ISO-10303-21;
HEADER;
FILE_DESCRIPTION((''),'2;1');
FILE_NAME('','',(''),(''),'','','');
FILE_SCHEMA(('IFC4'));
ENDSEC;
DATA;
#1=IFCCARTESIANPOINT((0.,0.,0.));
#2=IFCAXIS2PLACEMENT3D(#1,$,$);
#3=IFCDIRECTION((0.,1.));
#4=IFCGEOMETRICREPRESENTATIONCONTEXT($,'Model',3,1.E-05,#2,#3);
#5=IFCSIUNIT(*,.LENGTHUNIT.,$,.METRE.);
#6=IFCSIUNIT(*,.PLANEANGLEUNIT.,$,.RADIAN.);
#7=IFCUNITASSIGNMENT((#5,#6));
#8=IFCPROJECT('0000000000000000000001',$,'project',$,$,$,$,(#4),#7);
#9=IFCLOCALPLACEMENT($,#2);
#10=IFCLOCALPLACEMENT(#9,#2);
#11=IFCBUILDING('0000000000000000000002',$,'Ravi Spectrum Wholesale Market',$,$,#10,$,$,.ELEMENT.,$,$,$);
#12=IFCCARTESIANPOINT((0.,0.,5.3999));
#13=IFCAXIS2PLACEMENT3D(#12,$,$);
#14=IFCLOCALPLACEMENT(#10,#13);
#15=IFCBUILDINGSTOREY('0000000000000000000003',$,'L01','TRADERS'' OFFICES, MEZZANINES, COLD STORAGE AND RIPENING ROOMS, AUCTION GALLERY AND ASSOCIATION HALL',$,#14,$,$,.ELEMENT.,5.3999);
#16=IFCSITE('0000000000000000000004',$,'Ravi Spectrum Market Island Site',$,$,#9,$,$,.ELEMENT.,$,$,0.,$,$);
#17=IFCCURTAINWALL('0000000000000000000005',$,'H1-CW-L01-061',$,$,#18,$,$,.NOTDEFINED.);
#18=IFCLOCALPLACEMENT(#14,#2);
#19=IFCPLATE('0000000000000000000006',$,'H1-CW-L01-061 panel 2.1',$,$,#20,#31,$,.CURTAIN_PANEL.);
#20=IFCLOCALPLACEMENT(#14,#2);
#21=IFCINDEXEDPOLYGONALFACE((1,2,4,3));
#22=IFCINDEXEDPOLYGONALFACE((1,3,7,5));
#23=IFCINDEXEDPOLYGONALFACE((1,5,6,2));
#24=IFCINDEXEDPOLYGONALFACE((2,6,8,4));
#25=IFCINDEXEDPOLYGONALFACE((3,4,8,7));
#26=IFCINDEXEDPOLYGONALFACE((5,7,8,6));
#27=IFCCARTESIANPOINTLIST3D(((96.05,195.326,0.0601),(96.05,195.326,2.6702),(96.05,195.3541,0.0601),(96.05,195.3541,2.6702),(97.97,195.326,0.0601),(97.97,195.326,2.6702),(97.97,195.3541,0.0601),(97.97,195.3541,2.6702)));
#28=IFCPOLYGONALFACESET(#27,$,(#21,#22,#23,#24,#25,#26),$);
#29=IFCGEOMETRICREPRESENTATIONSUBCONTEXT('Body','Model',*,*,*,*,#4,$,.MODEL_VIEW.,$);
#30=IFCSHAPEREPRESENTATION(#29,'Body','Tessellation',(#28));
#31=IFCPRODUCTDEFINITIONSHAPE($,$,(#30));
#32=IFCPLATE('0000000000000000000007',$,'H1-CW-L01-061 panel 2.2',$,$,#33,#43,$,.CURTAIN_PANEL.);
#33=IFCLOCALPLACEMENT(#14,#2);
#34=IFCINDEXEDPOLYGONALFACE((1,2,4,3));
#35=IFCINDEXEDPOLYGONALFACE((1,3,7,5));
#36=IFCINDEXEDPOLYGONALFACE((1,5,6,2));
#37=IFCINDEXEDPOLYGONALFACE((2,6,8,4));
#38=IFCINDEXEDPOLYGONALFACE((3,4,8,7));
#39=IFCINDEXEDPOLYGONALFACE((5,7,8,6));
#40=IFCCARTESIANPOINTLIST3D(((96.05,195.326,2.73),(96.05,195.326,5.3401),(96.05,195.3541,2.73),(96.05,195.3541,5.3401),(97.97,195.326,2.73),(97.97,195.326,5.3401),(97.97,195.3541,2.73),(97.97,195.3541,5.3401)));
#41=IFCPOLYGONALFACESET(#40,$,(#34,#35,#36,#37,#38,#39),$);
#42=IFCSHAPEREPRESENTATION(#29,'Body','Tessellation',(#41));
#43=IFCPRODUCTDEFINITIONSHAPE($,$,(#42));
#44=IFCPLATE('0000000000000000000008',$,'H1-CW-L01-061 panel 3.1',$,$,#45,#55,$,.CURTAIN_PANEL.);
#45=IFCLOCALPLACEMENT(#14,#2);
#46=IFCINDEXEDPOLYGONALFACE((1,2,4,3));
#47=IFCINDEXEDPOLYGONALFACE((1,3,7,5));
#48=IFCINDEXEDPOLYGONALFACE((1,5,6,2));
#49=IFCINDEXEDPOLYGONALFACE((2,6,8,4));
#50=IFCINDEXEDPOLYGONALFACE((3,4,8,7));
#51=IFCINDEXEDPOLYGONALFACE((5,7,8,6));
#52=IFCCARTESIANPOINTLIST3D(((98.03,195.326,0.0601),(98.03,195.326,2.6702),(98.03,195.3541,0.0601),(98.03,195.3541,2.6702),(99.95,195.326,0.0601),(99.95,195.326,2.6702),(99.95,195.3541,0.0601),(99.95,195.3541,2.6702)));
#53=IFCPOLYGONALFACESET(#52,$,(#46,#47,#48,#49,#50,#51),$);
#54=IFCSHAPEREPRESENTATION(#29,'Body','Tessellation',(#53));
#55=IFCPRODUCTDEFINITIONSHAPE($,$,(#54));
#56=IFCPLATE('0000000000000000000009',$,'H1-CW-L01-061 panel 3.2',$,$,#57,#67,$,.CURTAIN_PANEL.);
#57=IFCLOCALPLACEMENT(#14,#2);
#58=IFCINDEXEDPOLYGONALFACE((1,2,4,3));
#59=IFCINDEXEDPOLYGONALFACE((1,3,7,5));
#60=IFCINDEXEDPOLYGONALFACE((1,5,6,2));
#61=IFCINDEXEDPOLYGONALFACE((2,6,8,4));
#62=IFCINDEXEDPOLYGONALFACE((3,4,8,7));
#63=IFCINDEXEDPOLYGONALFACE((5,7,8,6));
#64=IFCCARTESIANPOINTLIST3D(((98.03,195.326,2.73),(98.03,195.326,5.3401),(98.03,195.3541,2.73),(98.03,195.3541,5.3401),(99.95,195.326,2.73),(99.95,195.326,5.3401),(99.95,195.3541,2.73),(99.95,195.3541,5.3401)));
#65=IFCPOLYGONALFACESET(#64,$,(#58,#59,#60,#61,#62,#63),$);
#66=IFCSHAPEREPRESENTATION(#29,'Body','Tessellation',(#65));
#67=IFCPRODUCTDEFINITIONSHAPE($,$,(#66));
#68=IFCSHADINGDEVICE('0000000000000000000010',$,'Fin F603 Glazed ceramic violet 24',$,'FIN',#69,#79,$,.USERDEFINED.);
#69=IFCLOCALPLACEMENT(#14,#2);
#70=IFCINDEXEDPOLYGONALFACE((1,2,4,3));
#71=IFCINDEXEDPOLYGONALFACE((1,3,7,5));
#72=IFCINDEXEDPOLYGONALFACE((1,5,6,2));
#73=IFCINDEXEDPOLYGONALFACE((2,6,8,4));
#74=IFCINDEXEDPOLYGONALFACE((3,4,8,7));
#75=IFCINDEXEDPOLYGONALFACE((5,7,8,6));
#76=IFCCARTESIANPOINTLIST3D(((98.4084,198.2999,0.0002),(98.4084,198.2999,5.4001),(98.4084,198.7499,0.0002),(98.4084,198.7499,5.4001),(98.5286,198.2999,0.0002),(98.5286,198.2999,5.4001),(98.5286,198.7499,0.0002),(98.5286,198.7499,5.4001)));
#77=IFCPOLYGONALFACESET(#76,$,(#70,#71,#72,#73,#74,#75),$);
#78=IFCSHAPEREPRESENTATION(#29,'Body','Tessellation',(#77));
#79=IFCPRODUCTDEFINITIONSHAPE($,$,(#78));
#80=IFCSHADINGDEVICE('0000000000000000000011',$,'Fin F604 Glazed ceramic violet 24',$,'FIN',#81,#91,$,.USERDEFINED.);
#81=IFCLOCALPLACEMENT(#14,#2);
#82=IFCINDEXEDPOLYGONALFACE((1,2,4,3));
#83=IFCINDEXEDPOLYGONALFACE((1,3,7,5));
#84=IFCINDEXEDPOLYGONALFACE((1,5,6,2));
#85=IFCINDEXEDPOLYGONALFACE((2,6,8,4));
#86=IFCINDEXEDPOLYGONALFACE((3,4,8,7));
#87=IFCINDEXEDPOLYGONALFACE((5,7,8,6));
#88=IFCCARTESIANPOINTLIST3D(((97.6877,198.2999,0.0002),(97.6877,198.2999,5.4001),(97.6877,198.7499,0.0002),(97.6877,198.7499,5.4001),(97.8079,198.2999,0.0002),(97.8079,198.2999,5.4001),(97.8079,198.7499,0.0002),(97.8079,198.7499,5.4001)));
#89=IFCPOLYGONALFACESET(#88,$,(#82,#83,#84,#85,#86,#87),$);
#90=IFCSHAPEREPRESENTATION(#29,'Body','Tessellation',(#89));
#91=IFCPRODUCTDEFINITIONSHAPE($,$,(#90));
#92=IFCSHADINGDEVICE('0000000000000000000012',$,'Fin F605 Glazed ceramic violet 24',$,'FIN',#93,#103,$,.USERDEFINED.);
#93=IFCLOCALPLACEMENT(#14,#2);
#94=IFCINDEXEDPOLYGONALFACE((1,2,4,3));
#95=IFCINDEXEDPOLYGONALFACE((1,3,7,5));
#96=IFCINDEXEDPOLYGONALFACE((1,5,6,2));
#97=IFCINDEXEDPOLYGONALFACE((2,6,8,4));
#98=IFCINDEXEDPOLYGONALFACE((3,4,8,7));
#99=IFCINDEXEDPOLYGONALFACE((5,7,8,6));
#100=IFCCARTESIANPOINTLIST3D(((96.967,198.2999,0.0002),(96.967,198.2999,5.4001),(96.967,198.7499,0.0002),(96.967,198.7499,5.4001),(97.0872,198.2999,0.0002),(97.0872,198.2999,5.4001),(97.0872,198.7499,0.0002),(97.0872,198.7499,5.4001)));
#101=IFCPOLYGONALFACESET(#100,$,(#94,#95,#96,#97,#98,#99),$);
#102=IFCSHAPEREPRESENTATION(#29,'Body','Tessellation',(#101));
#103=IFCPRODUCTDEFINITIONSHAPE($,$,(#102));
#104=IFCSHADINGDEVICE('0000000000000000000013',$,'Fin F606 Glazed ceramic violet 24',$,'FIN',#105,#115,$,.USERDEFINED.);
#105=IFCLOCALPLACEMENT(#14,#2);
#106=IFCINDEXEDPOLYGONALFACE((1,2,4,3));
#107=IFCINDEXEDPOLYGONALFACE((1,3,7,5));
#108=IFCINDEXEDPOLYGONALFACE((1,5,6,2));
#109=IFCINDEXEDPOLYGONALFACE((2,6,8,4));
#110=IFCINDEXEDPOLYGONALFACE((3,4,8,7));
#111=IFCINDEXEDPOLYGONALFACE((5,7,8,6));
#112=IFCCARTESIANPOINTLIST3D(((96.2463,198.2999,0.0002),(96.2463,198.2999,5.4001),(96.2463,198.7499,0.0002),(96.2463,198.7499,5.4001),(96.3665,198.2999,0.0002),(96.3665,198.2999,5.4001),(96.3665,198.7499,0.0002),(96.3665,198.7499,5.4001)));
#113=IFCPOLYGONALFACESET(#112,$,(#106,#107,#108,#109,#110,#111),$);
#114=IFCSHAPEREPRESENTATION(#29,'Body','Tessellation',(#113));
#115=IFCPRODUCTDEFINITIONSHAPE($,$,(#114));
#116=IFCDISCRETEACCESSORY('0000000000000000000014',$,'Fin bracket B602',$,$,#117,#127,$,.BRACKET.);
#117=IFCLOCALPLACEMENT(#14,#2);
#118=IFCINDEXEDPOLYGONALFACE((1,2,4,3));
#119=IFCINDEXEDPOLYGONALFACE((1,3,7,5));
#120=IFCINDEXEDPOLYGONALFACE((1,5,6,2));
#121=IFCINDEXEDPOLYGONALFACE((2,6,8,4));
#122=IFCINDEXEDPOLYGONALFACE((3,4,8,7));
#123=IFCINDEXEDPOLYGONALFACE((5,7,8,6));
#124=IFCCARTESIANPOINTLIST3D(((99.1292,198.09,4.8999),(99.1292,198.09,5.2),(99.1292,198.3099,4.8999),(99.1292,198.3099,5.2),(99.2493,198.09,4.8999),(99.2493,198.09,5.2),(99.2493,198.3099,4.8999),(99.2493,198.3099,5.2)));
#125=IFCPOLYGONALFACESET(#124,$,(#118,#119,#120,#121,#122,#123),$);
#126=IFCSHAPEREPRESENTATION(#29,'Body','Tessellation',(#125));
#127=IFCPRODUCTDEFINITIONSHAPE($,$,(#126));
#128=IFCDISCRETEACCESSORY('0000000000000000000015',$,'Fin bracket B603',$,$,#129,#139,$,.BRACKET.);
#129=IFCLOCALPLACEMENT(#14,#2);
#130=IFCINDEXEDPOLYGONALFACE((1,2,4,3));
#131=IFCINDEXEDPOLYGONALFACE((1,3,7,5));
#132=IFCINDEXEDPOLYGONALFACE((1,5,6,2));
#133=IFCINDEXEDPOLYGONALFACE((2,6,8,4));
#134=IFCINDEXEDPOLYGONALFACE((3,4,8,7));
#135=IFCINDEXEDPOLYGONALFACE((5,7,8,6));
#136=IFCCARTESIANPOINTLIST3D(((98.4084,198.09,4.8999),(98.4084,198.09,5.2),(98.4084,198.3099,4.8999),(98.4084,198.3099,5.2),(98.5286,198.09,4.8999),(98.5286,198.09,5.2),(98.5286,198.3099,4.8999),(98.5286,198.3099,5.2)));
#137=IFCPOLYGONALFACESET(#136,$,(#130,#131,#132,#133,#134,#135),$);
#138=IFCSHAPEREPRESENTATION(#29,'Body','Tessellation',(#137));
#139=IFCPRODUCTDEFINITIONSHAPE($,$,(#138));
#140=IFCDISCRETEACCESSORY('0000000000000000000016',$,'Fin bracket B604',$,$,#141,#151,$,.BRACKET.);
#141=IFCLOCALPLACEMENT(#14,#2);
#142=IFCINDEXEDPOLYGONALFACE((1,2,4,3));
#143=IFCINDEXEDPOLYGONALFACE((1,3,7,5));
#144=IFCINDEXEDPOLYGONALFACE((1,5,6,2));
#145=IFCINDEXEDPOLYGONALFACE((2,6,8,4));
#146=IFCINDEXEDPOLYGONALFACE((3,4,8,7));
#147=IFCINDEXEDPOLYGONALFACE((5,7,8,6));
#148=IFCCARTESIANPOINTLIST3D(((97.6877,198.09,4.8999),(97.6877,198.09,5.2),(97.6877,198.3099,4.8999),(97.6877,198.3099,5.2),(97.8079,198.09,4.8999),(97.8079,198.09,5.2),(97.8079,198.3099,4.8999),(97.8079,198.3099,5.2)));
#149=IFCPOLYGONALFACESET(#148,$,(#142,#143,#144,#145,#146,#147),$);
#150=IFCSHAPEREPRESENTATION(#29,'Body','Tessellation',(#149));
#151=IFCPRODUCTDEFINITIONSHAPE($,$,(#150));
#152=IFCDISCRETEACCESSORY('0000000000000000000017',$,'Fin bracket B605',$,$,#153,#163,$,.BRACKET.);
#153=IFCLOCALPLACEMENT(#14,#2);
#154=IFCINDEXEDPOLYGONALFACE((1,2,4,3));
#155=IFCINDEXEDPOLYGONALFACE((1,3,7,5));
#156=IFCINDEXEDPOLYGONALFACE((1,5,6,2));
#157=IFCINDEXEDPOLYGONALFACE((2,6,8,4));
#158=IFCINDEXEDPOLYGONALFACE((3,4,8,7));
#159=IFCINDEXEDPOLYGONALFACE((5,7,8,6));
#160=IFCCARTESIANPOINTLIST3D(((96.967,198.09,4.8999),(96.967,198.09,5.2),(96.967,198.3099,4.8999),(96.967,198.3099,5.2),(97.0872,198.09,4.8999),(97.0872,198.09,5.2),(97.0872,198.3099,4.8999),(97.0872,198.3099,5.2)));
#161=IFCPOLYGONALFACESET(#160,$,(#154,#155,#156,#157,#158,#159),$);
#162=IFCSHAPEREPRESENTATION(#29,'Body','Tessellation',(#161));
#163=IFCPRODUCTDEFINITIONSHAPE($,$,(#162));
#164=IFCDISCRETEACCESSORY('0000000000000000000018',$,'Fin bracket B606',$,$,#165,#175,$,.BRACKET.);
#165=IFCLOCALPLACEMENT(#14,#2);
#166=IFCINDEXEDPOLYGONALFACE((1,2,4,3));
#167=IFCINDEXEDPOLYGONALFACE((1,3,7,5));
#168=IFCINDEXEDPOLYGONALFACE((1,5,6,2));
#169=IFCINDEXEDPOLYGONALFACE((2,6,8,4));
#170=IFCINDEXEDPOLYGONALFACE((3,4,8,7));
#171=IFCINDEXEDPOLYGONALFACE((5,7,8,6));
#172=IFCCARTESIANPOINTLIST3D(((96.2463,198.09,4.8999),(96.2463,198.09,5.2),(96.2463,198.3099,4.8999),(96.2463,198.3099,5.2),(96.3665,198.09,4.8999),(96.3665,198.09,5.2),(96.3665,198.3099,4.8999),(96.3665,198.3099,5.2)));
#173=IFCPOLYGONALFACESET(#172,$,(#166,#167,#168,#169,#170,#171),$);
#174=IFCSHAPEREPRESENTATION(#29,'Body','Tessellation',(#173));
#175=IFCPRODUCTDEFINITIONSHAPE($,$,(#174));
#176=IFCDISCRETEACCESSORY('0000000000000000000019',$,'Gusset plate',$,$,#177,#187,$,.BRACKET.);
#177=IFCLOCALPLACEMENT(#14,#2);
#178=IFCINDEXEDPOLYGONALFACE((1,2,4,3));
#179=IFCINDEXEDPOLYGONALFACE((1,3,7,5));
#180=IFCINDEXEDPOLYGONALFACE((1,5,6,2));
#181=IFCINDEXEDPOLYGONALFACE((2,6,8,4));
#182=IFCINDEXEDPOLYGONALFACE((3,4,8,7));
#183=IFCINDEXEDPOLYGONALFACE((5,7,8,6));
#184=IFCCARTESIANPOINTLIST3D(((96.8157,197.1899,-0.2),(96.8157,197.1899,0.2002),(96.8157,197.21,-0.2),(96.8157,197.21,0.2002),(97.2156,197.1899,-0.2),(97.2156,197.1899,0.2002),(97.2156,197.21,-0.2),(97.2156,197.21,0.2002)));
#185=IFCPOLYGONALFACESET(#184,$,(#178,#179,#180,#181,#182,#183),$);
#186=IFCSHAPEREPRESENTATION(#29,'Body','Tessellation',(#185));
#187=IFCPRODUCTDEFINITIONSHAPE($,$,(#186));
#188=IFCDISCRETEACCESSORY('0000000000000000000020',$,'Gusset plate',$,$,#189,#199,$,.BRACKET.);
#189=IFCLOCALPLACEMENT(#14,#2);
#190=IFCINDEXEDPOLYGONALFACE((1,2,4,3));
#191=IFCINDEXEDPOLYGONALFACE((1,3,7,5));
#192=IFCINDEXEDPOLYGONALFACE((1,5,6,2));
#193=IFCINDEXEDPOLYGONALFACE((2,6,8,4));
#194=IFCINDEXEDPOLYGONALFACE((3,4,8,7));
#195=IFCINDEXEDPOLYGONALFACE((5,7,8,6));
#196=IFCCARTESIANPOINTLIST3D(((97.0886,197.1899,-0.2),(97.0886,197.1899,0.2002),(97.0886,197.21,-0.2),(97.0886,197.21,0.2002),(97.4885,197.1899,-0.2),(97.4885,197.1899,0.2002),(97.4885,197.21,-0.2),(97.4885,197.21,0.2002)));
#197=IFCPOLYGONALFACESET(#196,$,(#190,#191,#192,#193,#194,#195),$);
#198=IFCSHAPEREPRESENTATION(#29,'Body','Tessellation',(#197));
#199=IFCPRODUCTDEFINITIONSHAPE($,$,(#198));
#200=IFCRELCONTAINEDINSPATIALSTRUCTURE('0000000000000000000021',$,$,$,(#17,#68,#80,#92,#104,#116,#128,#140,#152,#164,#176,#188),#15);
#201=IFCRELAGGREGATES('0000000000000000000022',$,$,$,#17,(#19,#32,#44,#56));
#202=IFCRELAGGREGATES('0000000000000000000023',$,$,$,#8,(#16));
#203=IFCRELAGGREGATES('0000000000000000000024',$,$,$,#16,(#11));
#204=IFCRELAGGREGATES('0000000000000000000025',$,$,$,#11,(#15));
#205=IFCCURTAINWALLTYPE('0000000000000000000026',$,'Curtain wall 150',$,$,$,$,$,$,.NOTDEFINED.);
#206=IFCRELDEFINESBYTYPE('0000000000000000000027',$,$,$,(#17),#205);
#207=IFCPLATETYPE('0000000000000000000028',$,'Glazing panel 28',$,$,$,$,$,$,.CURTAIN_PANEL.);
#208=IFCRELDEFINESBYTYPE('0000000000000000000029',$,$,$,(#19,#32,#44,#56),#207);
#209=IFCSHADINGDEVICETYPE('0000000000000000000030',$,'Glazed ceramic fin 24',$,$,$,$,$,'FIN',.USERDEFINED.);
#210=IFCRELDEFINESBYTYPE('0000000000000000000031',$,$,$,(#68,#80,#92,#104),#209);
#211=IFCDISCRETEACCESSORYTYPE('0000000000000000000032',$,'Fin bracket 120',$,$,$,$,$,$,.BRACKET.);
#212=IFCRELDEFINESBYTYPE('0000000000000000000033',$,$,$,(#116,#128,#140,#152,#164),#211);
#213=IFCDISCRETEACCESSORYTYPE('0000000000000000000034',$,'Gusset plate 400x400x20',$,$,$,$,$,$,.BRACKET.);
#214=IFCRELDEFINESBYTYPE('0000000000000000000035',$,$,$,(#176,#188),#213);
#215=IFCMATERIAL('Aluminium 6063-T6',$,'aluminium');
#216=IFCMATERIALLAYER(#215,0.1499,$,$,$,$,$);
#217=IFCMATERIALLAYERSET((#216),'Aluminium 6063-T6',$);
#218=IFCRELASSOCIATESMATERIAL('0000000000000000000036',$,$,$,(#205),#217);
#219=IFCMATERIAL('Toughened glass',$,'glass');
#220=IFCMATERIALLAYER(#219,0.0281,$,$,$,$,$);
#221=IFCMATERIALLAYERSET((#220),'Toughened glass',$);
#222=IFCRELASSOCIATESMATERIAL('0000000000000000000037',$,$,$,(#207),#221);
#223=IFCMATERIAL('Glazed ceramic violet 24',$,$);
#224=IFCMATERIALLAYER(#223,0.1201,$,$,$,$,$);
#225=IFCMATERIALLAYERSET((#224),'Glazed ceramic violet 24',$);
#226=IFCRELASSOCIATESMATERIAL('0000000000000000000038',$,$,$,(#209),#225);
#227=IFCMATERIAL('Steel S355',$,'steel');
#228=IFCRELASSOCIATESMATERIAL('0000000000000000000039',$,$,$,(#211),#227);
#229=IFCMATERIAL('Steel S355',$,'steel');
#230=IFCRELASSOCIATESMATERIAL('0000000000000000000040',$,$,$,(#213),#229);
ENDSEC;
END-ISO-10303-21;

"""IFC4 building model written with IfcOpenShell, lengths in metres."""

from ifc_helpers import new_model, si_unit, direction, frame, origin, origin_2d, place, context, subcontext, project, spatial, rectangle, extrude, material, layer, layer_set, material_profile, profile_set, type_object, element, aggregate, save


model = new_model("IFC4")

# Units and contexts
model_context = context("Model", 3, precision=1e-05, world=origin(), true_north=direction((0.0, 1.0)))
body_context = subcontext(model_context, "Body", "Model", "MODEL_VIEW")
ifc_project = project(units=[si_unit("LENGTHUNIT", "METRE"), si_unit("PLANEANGLEUNIT", "RADIAN")], contexts=[model_context])

# Site, building, storey
site_placement = place(None, origin())
site = spatial("IfcSite", under=ifc_project, at=site_placement, Name="Ravi Spectrum Market Island Site", CompositionType="ELEMENT", RefElevation=0.0)
building_placement = place(site_placement, origin())
building = spatial("IfcBuilding", under=site, at=building_placement, Name="Ravi Spectrum Wholesale Market", CompositionType="ELEMENT")
storey_placement = place(building_placement, frame((0.0, 0.0, 5.3999)))
storey = spatial("IfcBuildingStorey", under=building, at=storey_placement, Name="L01", Description="TRADERS' OFFICES, MEZZANINES, COLD STORAGE AND RIPENING ROOMS, AUCTION GALLERY AND ASSOCIATION HALL", CompositionType="ELEMENT", Elevation=5.3999)

# Curtain wall
ifc_material_1 = material(Name="Aluminium 6063-T6", Category="aluminium")
ifc_layer_1 = layer(ifc_material_1, 0.1499)
ifc_layer_set_1 = layer_set([ifc_layer_1], Name="Aluminium 6063-T6")
curtain_wall_type = type_object("IfcCurtainWallType", Name="Curtain wall 150", PredefinedType="NOTDEFINED", material=ifc_layer_set_1)
curtain_wall_placement = place(storey_placement, origin())
curtain_wall = element("IfcCurtainWall", 1, at=curtain_wall_placement, inside=storey, type_object=curtain_wall_type, Name="H1-CW-L01-061", PredefinedType="NOTDEFINED")

# Plates
ifc_material_2 = material(Name="Toughened glass", Category="glass")
ifc_layer_2 = layer(ifc_material_2, 0.0281)
ifc_layer_set_2 = layer_set([ifc_layer_2], Name="Toughened glass")
plate_type = type_object("IfcPlateType", Name="Glazing panel 28", PredefinedType="CURTAIN_PANEL", material=ifc_layer_set_2)
plate_1_placement = place(storey_placement, frame((97.01, 195.3401, 0.0601), z_axis=(0.0, 0.0, 1.0), x_axis=(1.0, 0.0, 0.0)))
plate_1 = element("IfcPlate", 2, at=plate_1_placement, type_object=plate_type, Name="H1-CW-L01-061 panel 2.1", PredefinedType="CURTAIN_PANEL", context=body_context, shape_type="SweptSolid", body=[
    extrude(rectangle(XDim=1.9199, YDim=0.0281, at=origin_2d()), origin(), (0.0, 0.0, 1.0), 2.6101),
])
plate_2_placement = place(storey_placement, frame((97.01, 195.3401, 2.73), z_axis=(0.0, 0.0, 1.0), x_axis=(1.0, 0.0, 0.0)))
plate_2 = element("IfcPlate", 3, at=plate_2_placement, type_object=plate_type, Name="H1-CW-L01-061 panel 2.2", PredefinedType="CURTAIN_PANEL", context=body_context, shape_type="SweptSolid", body=[
    extrude(rectangle(XDim=1.9199, YDim=0.0281, at=origin_2d()), origin(), (0.0, 0.0, 1.0), 2.6101),
])
plate_3_placement = place(storey_placement, frame((98.99, 195.3401, 0.0601), z_axis=(0.0, 0.0, 1.0), x_axis=(1.0, 0.0, 0.0)))
plate_3 = element("IfcPlate", 4, at=plate_3_placement, type_object=plate_type, Name="H1-CW-L01-061 panel 3.1", PredefinedType="CURTAIN_PANEL", context=body_context, shape_type="SweptSolid", body=[
    extrude(rectangle(XDim=1.9199, YDim=0.0281, at=origin_2d()), origin(), (0.0, 0.0, 1.0), 2.6101),
])
plate_4_placement = place(storey_placement, frame((98.99, 195.3401, 2.73), z_axis=(0.0, 0.0, 1.0), x_axis=(1.0, 0.0, 0.0)))
plate_4 = element("IfcPlate", 5, at=plate_4_placement, type_object=plate_type, Name="H1-CW-L01-061 panel 3.2", PredefinedType="CURTAIN_PANEL", context=body_context, shape_type="SweptSolid", body=[
    extrude(rectangle(XDim=1.9199, YDim=0.0281, at=origin_2d()), origin(), (0.0, 0.0, 1.0), 2.6101),
])
aggregate(curtain_wall, [plate_1, plate_2, plate_3, plate_4])

# Shading devices
ifc_material_3 = material(Name="Glazed ceramic violet 24")
ifc_layer_3 = layer(ifc_material_3, 0.1201)
ifc_layer_set_3 = layer_set([ifc_layer_3], Name="Glazed ceramic violet 24")
shading_device_type = type_object("IfcShadingDeviceType", Name="Glazed ceramic fin 24", ElementType="FIN", PredefinedType="USERDEFINED", material=ifc_layer_set_3)
for number, where, z_axis, x_axis, name in (
    (6, (98.4685, 198.5249, 0.0002), (0.0, 0.0, 1.0), (-1.0, 0.0, 0.0), "Fin F603 Glazed ceramic violet 24"),
    (7, (97.7478, 198.5249, 0.0002), (0.0, 0.0, 1.0), (-1.0, 0.0, 0.0), "Fin F604 Glazed ceramic violet 24"),
    (8, (97.0271, 198.5249, 0.0002), (0.0, 0.0, 1.0), (-1.0, 0.0, 0.0), "Fin F605 Glazed ceramic violet 24"),
    (9, (96.3064, 198.5249, 0.0002), (0.0, 0.0, 1.0), (-1.0, 0.0, 0.0), "Fin F606 Glazed ceramic violet 24"),
):
    element("IfcShadingDevice", number, at=place(storey_placement, frame(where, z_axis=z_axis, x_axis=x_axis)), inside=storey, type_object=shading_device_type, Name=name, ObjectType="FIN", PredefinedType="USERDEFINED", context=body_context, shape_type="SweptSolid", body=[
        extrude(rectangle(XDim=0.1201, YDim=0.45, at=origin_2d()), origin(), (0.0, 0.0, 1.0), 5.3999),
    ])

# Discrete accessories
ifc_material_4 = material(Name="Steel S355", Category="steel")
discrete_accessory_type_1 = type_object("IfcDiscreteAccessoryType", Name="Fin bracket 120", PredefinedType="BRACKET", material=ifc_material_4)
for number, where, z_axis, x_axis, name in (
    (10, (99.1892, 198.2, 4.8999), (0.0, 0.0, 1.0), (-1.0, 0.0, 0.0), "Fin bracket B602"),
    (11, (98.4685, 198.2, 4.8999), (0.0, 0.0, 1.0), (-1.0, 0.0, 0.0), "Fin bracket B603"),
    (12, (97.7478, 198.2, 4.8999), (0.0, 0.0, 1.0), (-1.0, 0.0, 0.0), "Fin bracket B604"),
    (13, (97.0271, 198.2, 4.8999), (0.0, 0.0, 1.0), (-1.0, 0.0, 0.0), "Fin bracket B605"),
    (14, (96.3064, 198.2, 4.8999), (0.0, 0.0, 1.0), (-1.0, 0.0, 0.0), "Fin bracket B606"),
):
    element("IfcDiscreteAccessory", number, at=place(storey_placement, frame(where, z_axis=z_axis, x_axis=x_axis)), inside=storey, type_object=discrete_accessory_type_1, Name=name, PredefinedType="BRACKET", context=body_context, shape_type="SweptSolid", body=[
        extrude(rectangle(XDim=0.1201, YDim=0.22, at=origin_2d()), origin(), (0.0, 0.0, 1.0), 0.3),
    ])
ifc_material_5 = material(Name="Steel S355", Category="steel")
ifc_material_profile_1 = material_profile(ifc_material_5, rectangle(XDim=0.3999, YDim=0.02, at=origin_2d()))
ifc_profile_set_1 = profile_set([ifc_material_profile_1], Name="Steel S355")
discrete_accessory_type_2 = type_object("IfcDiscreteAccessoryType", Name="Gusset plate 400x400x20", PredefinedType="BRACKET", material=ifc_profile_set_1)
for number, where, z_axis, x_axis, name in (
    (15, (97.0156, 197.2, -0.2), (0.0, 0.0, 1.0), (1.0, 0.0, 0.0), "Gusset plate"),
    (16, (97.2886, 197.2, -0.2), (0.0, 0.0, 1.0), (1.0, 0.0, 0.0), "Gusset plate"),
):
    element("IfcDiscreteAccessory", number, at=place(storey_placement, frame(where, z_axis=z_axis, x_axis=x_axis)), inside=storey, type_object=discrete_accessory_type_2, Name=name, PredefinedType="BRACKET", context=body_context, shape_type="SweptSolid", body=[
        extrude(rectangle(XDim=0.3999, YDim=0.02, at=origin_2d()), origin(), (0.0, 0.0, 1.0), 0.4001),
    ])

save(model, "model.ifc")
